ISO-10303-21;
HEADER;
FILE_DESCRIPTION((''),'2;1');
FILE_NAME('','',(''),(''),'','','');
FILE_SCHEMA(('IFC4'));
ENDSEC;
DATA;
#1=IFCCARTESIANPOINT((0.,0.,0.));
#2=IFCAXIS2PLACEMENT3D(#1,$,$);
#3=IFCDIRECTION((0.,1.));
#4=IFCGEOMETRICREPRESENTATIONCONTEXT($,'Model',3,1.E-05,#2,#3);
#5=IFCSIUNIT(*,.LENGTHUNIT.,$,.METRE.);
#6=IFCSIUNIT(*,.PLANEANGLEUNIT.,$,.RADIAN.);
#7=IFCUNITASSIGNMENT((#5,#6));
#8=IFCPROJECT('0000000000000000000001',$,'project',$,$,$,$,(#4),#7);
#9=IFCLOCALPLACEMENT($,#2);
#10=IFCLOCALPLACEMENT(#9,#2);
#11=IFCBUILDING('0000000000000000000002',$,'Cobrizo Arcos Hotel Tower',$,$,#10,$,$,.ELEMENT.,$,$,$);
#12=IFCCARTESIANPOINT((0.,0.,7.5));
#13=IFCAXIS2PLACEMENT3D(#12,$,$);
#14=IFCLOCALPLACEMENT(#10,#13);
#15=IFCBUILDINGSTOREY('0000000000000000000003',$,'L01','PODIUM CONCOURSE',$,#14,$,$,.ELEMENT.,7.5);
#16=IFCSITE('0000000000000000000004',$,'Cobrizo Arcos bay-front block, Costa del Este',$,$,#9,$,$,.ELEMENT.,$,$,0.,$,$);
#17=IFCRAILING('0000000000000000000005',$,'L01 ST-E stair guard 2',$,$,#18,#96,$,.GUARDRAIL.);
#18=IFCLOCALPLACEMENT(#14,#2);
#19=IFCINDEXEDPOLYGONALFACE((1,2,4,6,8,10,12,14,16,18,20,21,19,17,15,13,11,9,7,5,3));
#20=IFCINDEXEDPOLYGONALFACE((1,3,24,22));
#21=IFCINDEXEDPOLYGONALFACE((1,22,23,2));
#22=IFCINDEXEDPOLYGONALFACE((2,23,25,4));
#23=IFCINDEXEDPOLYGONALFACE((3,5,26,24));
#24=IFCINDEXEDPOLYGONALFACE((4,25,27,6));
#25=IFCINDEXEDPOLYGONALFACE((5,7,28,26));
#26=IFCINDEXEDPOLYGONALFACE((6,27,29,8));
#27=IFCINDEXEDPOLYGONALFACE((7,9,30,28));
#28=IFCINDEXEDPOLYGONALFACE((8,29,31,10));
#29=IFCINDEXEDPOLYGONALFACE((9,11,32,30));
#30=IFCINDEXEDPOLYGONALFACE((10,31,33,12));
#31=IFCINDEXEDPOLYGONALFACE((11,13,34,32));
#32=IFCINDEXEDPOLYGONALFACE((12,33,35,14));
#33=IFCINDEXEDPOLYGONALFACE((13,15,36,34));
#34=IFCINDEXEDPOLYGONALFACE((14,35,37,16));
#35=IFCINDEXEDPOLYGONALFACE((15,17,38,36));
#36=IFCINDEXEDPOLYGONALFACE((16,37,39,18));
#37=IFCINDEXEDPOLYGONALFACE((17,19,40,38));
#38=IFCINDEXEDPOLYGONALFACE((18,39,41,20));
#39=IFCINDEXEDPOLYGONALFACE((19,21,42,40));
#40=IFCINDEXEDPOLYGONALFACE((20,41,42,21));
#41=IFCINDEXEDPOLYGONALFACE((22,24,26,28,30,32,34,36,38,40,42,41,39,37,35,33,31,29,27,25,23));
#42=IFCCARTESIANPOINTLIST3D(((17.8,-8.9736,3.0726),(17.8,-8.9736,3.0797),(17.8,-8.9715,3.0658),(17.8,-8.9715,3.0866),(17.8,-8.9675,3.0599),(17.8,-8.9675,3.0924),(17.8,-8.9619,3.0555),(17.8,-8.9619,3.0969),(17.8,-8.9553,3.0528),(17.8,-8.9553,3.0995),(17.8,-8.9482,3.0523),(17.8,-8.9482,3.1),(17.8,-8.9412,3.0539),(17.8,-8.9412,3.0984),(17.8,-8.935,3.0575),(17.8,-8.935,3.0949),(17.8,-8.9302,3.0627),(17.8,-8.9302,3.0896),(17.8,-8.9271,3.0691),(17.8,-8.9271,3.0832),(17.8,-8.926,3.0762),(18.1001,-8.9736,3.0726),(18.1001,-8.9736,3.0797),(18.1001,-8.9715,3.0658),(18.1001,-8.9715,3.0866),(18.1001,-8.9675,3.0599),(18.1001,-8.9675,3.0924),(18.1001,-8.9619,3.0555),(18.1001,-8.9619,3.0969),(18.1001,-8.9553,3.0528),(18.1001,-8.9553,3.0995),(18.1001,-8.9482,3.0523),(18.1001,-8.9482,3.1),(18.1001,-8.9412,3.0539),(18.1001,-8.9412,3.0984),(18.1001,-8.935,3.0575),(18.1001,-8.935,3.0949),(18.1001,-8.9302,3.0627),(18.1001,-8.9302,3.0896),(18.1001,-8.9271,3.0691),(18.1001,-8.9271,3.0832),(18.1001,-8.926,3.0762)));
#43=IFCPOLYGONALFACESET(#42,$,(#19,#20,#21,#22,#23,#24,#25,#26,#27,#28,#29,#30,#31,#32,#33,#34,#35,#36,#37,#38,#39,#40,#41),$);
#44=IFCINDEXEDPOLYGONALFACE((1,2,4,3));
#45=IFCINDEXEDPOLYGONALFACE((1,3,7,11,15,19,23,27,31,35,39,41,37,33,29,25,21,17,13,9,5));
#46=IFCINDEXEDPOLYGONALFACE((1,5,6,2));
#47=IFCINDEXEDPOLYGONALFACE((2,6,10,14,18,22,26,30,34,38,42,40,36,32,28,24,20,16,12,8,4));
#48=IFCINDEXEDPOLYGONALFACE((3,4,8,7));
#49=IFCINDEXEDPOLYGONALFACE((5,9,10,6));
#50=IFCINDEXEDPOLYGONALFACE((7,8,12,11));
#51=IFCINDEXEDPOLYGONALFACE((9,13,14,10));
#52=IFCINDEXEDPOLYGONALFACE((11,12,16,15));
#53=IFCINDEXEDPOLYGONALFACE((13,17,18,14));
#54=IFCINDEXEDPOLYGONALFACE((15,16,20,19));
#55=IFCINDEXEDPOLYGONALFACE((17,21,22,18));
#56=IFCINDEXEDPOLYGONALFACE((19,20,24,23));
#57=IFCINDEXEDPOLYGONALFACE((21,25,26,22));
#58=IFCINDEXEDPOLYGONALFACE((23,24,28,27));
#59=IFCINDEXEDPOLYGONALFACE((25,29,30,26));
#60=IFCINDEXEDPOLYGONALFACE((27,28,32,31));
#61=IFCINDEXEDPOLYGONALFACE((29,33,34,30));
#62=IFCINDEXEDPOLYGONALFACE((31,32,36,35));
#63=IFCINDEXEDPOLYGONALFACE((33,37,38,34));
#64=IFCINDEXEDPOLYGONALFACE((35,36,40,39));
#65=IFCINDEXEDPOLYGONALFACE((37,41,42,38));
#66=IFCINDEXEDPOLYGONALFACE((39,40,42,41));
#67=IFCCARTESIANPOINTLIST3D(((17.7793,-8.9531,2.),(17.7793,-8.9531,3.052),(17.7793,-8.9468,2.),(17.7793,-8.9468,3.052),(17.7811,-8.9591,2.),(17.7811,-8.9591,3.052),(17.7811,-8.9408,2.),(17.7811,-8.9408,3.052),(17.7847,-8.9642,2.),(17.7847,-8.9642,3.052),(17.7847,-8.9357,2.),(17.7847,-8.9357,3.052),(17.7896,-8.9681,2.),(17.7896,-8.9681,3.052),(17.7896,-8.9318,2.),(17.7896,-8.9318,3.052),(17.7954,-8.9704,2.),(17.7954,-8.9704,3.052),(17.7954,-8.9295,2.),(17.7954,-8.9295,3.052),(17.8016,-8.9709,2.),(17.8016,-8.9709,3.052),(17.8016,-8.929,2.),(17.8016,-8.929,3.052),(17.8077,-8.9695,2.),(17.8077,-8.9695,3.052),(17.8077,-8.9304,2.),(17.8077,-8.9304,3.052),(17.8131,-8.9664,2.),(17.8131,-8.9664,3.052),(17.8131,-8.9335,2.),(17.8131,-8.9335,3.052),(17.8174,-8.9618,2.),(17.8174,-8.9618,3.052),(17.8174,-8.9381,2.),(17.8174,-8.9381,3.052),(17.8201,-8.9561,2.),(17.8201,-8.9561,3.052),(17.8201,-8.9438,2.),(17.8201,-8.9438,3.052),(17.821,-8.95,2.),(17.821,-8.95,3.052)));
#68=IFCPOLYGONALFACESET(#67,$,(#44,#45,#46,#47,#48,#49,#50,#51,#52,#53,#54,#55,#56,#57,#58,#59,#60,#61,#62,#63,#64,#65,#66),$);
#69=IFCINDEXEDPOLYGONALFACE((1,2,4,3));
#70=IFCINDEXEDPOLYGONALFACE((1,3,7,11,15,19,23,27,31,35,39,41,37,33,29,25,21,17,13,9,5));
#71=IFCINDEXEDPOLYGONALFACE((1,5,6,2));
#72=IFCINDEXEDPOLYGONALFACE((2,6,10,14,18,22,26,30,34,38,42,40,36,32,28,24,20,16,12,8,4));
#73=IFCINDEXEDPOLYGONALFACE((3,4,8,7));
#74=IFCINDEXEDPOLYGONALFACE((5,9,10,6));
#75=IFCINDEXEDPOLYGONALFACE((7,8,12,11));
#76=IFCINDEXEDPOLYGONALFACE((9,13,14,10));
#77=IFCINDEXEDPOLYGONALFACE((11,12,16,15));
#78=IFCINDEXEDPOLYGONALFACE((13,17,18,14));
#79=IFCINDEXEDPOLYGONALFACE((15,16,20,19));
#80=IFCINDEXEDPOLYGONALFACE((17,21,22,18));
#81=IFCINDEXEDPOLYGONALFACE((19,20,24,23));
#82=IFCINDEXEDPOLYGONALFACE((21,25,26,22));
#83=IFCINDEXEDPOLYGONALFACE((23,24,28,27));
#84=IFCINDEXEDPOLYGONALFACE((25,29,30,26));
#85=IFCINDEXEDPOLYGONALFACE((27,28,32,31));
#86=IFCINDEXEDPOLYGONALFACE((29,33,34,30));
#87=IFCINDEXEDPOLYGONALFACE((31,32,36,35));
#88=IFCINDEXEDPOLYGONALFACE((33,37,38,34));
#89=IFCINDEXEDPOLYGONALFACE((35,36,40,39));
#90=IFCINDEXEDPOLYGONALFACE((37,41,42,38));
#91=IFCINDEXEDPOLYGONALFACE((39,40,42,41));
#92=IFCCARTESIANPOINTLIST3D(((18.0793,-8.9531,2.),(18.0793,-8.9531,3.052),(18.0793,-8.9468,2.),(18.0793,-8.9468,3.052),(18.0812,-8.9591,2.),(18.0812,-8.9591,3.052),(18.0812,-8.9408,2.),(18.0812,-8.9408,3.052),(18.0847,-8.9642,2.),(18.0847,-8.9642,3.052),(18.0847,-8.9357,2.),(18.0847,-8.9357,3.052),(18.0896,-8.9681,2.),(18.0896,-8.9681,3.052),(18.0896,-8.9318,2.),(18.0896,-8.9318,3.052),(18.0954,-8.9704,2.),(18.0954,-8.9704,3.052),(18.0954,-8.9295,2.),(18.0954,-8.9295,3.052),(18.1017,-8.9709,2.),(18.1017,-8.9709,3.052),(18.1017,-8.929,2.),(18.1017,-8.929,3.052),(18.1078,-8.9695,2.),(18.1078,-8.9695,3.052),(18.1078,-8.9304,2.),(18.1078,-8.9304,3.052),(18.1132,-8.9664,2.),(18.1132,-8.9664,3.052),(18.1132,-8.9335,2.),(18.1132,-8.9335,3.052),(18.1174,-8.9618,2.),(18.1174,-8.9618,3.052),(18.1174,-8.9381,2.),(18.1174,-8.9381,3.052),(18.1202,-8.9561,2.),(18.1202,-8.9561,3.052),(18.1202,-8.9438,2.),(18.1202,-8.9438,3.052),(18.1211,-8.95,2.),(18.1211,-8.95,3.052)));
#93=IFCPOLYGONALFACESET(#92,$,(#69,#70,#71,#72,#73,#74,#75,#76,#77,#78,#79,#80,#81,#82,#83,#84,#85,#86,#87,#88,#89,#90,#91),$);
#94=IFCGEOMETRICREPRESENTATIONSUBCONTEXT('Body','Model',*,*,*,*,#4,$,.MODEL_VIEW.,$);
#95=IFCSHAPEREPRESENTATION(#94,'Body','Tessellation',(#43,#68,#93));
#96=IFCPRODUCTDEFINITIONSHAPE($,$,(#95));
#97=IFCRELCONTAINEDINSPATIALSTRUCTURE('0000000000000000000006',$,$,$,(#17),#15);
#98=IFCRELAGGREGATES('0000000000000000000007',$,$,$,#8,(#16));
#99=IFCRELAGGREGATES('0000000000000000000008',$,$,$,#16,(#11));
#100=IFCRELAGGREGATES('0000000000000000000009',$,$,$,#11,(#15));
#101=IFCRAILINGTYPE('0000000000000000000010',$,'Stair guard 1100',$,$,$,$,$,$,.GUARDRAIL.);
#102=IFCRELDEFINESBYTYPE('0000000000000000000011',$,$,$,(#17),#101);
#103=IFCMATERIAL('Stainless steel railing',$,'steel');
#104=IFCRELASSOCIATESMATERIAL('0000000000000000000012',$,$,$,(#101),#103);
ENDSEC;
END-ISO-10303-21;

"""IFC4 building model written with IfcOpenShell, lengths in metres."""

from ifc_helpers import new_model, si_unit, direction, frame, origin, origin_2d, place, context, subcontext, project, spatial, circle, extrude, material, type_object, element, save


model = new_model("IFC4")

# Units and contexts
model_context = context("Model", 3, precision=1e-05, world=origin(), true_north=direction((0.0, 1.0)))
body_context = subcontext(model_context, "Body", "Model", "MODEL_VIEW")
ifc_project = project(units=[si_unit("LENGTHUNIT", "METRE"), si_unit("PLANEANGLEUNIT", "RADIAN")], contexts=[model_context])

# Site, building, storey
site_placement = place(None, origin())
site = spatial("IfcSite", under=ifc_project, at=site_placement, Name="Cobrizo Arcos bay-front block, Costa del Este", CompositionType="ELEMENT", RefElevation=0.0)
building_placement = place(site_placement, origin())
building = spatial("IfcBuilding", under=site, at=building_placement, Name="Cobrizo Arcos Hotel Tower", CompositionType="ELEMENT")
storey_placement = place(building_placement, frame((0.0, 0.0, 7.5)))
storey = spatial("IfcBuildingStorey", under=building, at=storey_placement, Name="L01", Description="PODIUM CONCOURSE", CompositionType="ELEMENT", Elevation=7.5)

# Railing
ifc_material_1 = material(Name="Stainless steel railing", Category="steel")
railing_type_1 = type_object("IfcRailingType", Name="Stair guard 1100", PredefinedType="GUARDRAIL", material=ifc_material_1)
railing_1_placement = place(storey_placement, frame((17.8, -8.95, 2.0)))
element("IfcRailing", 1, at=railing_1_placement, inside=storey, type_object=railing_type_1, Name="L01 ST-E stair guard 2", PredefinedType="GUARDRAIL", context=body_context, shape_type="SweptSolid", body=[
    extrude(circle(Radius=0.0239, at=origin_2d()), frame((0.0, 0.0, 1.0762), z_axis=(1.0, 0.0, 0.0), x_axis=(0.0, 1.0, 0.0)), (0.0, 0.0, 1.0), 0.3),
    extrude(circle(Radius=0.021, at=origin_2d()), origin(), (0.0, 0.0, 1.0), 1.052),
    extrude(circle(Radius=0.021, at=origin_2d()), frame((0.3, 0.0, 0.0)), (0.0, 0.0, 1.0), 1.052),
])

save(model, "model.ifc")
